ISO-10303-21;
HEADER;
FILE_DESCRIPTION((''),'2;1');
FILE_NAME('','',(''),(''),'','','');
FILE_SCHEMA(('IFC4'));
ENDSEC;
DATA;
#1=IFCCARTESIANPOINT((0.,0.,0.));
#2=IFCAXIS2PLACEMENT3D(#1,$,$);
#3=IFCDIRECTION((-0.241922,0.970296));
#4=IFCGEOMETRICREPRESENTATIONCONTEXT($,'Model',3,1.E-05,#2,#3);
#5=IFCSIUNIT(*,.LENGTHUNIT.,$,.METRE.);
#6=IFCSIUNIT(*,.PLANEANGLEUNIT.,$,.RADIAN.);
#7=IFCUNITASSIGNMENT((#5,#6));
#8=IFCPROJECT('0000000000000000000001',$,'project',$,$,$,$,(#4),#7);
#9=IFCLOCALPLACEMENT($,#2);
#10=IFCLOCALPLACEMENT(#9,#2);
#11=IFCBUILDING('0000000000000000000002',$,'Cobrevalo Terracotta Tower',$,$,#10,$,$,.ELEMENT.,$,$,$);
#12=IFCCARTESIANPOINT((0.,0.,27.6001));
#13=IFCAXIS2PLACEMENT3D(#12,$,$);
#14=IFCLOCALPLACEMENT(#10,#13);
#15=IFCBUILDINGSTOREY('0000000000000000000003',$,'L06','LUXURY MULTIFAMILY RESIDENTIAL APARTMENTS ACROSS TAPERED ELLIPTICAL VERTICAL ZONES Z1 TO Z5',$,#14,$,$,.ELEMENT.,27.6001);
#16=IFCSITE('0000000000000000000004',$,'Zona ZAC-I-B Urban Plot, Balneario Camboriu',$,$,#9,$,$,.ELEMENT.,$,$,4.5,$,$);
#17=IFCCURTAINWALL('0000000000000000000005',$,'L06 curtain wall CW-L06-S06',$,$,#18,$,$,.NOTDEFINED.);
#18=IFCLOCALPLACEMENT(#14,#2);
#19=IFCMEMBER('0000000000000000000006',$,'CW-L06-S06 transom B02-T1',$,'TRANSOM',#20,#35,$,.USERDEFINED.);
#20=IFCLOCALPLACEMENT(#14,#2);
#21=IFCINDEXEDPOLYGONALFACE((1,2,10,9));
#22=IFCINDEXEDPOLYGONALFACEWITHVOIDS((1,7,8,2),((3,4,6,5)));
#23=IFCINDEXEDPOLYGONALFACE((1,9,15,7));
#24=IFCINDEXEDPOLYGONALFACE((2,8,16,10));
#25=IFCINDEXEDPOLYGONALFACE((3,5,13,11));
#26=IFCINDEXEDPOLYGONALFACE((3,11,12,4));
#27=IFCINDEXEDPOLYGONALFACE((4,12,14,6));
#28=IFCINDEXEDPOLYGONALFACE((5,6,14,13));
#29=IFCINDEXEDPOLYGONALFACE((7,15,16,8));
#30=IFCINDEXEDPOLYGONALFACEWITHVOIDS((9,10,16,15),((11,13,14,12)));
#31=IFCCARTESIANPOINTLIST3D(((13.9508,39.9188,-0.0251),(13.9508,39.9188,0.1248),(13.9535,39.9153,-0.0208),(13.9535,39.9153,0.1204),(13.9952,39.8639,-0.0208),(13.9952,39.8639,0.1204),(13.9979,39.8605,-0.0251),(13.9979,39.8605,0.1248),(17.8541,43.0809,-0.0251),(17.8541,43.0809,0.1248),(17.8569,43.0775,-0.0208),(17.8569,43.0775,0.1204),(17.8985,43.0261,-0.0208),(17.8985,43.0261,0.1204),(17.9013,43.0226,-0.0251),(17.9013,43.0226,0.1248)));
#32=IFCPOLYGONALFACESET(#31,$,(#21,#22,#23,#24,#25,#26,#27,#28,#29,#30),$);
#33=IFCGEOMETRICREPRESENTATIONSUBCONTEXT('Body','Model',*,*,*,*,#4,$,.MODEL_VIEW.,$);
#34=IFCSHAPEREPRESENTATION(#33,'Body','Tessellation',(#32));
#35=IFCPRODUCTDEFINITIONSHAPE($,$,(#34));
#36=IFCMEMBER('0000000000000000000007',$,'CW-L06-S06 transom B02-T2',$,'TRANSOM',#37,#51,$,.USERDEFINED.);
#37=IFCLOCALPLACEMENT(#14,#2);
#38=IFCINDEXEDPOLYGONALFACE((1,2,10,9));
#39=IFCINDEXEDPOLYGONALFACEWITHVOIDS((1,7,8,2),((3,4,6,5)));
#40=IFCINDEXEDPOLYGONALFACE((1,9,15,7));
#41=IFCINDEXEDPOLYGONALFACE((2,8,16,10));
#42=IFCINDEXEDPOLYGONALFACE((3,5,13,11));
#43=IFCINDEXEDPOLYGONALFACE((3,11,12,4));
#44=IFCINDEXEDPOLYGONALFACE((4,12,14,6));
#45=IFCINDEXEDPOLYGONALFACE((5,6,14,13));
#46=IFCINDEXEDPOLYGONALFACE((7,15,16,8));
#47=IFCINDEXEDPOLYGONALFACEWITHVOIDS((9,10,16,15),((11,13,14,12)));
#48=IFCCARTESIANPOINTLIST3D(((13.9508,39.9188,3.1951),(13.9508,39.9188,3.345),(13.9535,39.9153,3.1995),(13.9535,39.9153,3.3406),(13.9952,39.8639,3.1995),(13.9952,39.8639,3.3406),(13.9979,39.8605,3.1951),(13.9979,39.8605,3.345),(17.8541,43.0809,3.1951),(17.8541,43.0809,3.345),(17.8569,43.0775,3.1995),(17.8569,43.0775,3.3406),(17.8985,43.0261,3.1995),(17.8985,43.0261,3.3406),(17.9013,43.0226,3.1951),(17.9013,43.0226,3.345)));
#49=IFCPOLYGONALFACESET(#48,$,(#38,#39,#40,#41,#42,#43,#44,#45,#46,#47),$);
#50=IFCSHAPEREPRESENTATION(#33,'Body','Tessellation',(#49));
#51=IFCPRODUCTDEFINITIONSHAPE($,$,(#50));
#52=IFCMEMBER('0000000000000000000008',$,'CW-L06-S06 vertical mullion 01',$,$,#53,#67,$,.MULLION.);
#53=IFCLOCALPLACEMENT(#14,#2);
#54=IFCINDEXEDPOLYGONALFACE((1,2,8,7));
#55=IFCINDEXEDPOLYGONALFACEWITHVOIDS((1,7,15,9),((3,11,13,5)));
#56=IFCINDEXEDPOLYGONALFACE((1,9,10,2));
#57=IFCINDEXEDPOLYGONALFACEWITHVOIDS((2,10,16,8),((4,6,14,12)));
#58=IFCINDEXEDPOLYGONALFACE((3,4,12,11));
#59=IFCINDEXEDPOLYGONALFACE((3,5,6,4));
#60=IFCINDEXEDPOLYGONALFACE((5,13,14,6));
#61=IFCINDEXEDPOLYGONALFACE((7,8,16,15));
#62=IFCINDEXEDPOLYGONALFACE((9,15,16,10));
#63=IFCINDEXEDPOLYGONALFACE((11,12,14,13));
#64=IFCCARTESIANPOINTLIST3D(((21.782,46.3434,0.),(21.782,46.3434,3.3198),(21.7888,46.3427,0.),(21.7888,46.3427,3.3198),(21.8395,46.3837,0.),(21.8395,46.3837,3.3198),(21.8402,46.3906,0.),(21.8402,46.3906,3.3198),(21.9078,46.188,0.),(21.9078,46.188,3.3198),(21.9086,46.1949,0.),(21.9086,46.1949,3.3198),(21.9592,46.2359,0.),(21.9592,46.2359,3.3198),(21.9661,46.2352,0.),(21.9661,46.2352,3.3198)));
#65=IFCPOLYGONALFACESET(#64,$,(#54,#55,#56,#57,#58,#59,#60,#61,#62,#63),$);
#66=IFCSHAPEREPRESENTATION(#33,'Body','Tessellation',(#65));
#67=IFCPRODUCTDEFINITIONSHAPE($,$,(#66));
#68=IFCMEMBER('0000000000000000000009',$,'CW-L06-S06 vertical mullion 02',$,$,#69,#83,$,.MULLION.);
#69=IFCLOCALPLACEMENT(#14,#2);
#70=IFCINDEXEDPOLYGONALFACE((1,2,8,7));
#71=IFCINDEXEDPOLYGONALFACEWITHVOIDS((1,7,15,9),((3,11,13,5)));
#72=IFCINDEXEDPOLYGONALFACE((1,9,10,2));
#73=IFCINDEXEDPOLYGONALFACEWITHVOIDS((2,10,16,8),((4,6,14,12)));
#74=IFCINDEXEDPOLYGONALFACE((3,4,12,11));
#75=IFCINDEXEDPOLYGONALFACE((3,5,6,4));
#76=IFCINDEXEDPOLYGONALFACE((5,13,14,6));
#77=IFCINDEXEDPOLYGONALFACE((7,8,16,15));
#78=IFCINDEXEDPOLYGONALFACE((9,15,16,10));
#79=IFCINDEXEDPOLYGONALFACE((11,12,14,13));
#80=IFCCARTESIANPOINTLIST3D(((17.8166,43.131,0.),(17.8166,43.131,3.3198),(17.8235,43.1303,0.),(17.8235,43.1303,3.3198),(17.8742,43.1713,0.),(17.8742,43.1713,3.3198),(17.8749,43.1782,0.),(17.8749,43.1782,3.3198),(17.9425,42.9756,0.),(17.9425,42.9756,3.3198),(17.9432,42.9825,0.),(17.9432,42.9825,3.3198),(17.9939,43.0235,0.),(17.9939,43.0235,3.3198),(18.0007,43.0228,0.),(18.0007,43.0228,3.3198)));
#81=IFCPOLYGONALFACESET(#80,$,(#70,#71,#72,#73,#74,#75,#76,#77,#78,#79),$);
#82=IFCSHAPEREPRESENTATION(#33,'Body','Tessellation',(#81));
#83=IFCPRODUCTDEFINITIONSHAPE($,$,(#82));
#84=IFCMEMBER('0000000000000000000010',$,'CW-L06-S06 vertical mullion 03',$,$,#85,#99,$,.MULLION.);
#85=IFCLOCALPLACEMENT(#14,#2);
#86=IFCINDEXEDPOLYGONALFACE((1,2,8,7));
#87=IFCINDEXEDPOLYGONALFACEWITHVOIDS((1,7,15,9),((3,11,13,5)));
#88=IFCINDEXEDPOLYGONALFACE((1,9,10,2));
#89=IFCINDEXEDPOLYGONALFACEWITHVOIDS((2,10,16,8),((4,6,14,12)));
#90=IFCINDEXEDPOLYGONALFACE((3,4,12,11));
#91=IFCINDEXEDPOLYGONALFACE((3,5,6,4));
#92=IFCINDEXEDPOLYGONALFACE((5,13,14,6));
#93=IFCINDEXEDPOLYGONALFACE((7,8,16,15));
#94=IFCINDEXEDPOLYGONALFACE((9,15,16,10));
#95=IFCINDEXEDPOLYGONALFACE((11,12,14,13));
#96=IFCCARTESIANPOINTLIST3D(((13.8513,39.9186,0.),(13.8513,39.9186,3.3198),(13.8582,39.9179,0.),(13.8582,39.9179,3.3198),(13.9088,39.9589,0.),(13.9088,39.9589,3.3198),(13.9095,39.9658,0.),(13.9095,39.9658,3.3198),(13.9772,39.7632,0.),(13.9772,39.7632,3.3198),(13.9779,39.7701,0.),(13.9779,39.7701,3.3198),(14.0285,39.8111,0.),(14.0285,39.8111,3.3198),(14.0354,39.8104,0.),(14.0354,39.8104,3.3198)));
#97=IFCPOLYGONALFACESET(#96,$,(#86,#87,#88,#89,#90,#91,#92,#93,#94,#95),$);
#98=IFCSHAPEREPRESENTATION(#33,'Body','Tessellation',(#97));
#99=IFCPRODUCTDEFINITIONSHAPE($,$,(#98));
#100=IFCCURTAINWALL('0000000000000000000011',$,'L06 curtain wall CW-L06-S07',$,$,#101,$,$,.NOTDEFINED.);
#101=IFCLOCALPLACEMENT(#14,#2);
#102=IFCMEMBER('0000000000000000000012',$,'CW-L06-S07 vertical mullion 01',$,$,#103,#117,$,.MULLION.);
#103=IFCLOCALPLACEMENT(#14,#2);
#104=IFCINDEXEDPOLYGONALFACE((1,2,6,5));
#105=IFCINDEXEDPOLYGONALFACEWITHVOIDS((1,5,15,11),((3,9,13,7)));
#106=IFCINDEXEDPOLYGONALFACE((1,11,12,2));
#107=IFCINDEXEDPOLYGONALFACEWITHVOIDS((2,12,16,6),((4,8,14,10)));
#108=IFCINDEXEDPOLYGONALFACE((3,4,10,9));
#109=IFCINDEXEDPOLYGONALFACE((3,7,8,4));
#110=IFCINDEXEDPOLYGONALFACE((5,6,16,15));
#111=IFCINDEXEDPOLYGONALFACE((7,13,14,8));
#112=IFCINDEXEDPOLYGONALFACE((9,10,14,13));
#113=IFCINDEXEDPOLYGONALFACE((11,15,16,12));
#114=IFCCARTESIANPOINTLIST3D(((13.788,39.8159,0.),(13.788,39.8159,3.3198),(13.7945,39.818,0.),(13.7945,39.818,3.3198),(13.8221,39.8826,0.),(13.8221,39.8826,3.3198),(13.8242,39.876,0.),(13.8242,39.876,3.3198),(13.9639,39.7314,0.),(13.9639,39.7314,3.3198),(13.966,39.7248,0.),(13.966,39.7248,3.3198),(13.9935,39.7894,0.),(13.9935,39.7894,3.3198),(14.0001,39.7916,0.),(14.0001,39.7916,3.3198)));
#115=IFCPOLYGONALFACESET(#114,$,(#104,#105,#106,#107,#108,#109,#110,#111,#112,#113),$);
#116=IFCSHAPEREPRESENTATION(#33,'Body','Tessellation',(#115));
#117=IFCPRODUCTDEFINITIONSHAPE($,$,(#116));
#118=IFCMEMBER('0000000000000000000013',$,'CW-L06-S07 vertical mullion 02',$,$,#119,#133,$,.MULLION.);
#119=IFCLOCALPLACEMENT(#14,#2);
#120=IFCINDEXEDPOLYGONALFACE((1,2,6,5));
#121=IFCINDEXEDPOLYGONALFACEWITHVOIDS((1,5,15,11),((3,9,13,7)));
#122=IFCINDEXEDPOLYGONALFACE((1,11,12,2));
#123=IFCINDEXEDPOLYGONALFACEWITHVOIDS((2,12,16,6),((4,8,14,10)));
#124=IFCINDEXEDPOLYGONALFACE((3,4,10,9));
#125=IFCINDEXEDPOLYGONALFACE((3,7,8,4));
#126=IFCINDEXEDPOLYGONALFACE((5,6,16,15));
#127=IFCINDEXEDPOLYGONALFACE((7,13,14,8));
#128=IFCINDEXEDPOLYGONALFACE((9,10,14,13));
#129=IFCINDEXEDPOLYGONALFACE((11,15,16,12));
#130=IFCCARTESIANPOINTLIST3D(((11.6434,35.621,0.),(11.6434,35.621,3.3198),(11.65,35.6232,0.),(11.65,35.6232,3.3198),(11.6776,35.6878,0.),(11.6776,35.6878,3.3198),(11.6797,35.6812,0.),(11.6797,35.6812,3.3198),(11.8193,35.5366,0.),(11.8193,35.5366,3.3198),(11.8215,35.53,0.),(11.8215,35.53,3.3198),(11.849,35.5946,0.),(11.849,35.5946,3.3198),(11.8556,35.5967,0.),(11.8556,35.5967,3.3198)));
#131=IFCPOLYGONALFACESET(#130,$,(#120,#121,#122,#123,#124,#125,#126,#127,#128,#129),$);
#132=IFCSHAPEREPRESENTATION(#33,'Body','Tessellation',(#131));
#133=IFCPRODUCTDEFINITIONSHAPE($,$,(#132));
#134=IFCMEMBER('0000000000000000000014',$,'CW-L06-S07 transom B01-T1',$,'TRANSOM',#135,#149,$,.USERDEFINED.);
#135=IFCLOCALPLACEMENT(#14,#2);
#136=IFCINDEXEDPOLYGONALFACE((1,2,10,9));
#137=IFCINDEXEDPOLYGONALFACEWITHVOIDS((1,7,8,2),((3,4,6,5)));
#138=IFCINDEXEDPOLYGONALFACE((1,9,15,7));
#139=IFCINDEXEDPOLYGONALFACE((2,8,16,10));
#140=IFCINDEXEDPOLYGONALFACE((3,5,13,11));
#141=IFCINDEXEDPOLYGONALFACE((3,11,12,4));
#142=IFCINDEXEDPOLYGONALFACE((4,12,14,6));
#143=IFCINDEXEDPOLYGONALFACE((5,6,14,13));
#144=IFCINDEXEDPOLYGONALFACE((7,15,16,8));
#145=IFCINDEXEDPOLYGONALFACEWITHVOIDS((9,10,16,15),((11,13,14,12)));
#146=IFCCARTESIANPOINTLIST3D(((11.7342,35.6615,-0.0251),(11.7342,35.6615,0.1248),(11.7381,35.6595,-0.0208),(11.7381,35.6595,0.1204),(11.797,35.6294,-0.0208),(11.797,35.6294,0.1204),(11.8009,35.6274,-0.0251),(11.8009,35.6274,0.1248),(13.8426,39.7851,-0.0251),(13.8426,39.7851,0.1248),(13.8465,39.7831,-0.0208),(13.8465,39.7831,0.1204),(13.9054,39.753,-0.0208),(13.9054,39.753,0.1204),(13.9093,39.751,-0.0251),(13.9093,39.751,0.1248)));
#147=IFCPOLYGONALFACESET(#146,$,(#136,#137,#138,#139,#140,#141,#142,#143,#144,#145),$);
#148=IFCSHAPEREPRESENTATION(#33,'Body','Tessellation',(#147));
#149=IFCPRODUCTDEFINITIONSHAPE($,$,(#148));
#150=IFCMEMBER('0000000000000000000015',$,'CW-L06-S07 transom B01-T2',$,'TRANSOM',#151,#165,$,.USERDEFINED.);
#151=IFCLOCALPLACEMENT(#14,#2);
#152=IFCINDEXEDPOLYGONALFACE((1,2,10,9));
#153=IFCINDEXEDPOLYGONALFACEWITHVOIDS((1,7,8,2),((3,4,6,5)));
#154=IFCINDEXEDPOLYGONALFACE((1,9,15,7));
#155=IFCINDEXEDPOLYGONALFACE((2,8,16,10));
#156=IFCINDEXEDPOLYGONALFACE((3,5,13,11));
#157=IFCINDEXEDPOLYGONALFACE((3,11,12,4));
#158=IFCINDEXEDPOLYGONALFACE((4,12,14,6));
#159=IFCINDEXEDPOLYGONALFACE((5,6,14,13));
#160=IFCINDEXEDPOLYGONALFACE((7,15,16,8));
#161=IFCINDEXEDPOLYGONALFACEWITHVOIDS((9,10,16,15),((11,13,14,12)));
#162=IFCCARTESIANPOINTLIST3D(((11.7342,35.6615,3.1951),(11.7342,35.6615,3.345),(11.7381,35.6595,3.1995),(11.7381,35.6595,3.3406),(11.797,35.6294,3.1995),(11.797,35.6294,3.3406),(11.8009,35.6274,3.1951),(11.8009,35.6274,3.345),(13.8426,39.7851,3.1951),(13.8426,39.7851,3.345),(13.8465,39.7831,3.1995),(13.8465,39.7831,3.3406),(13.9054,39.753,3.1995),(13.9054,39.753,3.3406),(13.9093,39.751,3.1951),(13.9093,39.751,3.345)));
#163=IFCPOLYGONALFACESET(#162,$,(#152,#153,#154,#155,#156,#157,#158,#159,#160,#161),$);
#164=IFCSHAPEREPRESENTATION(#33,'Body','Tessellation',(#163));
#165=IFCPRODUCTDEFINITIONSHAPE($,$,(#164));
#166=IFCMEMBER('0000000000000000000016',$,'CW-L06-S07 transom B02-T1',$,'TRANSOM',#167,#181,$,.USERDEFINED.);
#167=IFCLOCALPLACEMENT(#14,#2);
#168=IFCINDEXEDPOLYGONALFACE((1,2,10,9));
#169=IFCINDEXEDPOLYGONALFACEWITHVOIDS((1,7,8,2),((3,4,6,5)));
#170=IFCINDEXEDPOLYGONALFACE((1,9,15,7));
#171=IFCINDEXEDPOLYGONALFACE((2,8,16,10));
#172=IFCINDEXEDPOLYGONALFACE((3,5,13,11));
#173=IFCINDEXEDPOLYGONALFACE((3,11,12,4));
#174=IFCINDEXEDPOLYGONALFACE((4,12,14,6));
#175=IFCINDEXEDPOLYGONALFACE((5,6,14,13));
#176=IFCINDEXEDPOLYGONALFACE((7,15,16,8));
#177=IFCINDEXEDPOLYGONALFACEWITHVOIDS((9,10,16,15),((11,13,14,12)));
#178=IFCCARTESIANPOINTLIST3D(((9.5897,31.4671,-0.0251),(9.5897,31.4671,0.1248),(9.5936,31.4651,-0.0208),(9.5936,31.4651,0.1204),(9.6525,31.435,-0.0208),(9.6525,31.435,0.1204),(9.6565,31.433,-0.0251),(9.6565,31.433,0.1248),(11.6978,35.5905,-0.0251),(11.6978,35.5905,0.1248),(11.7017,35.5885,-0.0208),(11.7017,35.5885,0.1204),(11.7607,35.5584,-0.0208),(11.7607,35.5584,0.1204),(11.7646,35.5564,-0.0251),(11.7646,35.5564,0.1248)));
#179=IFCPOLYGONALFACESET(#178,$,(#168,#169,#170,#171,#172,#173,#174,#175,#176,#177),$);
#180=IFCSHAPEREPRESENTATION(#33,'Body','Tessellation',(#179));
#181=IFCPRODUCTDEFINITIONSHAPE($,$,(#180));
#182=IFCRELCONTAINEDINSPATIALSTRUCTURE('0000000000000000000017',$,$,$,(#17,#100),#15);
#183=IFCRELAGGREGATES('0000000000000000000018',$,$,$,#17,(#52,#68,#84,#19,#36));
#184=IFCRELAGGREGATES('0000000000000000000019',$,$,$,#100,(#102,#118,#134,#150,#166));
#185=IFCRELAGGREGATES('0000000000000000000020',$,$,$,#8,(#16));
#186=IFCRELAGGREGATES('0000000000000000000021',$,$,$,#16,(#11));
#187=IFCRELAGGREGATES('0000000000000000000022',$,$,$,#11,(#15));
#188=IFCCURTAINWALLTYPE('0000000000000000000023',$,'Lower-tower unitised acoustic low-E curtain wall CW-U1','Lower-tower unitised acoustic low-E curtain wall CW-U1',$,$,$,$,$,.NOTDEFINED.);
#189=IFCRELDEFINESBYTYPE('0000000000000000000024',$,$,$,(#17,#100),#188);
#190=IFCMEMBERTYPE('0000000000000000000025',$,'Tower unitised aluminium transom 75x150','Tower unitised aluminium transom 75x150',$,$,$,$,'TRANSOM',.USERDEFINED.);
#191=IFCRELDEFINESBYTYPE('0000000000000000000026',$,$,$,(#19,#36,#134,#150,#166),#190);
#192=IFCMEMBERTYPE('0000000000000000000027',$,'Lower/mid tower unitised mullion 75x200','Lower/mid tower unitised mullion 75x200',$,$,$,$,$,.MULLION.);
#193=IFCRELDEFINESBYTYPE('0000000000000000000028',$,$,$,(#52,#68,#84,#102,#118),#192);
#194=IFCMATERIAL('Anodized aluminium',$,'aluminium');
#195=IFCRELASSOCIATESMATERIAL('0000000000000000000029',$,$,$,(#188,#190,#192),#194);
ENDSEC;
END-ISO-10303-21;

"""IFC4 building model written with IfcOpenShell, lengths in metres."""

from ifc_helpers import new_model, si_unit, direction, frame, origin, origin_2d, place, context, subcontext, project, spatial, hollow_rectangle, extrude, source, transform, mapped, material, material_profile, profile_set, type_object, element, aggregate, save


model = new_model("IFC4")

# Units and contexts
model_context = context("Model", 3, precision=1e-05, world=origin(), true_north=direction((-0.241922, 0.970296)))
body_context = subcontext(model_context, "Body", "Model", "MODEL_VIEW")
ifc_project = project(units=[si_unit("LENGTHUNIT", "METRE"), si_unit("PLANEANGLEUNIT", "RADIAN")], contexts=[model_context])

# Site, building, storey
site_placement = place(None, origin())
site = spatial("IfcSite", under=ifc_project, at=site_placement, Name="Zona ZAC-I-B Urban Plot, Balneario Camboriu", CompositionType="ELEMENT", RefElevation=4.5)
building_placement = place(site_placement, origin())
building = spatial("IfcBuilding", under=site, at=building_placement, Name="Cobrevalo Terracotta Tower", CompositionType="ELEMENT")
storey_placement = place(building_placement, frame((0.0, 0.0, 27.6001)))
storey = spatial("IfcBuildingStorey", under=building, at=storey_placement, Name="L06", Description="LUXURY MULTIFAMILY RESIDENTIAL APARTMENTS ACROSS TAPERED ELLIPTICAL VERTICAL ZONES Z1 TO Z5", CompositionType="ELEMENT", Elevation=27.6001)

# Curtain walls, members
ifc_material_1 = material(Name="Anodized aluminium", Category="aluminium")
curtain_wall_type = type_object("IfcCurtainWallType", Name="Lower-tower unitised acoustic low-E curtain wall CW-U1", Description="Lower-tower unitised acoustic low-E curtain wall CW-U1", PredefinedType="NOTDEFINED", material=ifc_material_1)
curtain_wall_1_placement = place(storey_placement, origin())
curtain_wall_1 = element("IfcCurtainWall", 1, at=curtain_wall_1_placement, inside=storey, type_object=curtain_wall_type, Name="L06 curtain wall CW-L06-S06", PredefinedType="NOTDEFINED")
ifc_material_profile_1 = material_profile(ifc_material_1, hollow_rectangle(XDim=0.075, YDim=0.1499, WallThickness=0.0044, at=origin_2d()), Name="CWT 75x150")
ifc_profile_set_1 = profile_set([ifc_material_profile_1], Name="Anodized aluminium")
member_type_1 = type_object("IfcMemberType", Name="Tower unitised aluminium transom 75x150", Description="Tower unitised aluminium transom 75x150", ElementType="TRANSOM", PredefinedType="USERDEFINED", material=ifc_profile_set_1)
shared_shape_1 = source(origin(), body_context, "Body", "SweptSolid", [
    extrude(hollow_rectangle(XDim=0.075, YDim=0.1499, WallThickness=0.0044, at=origin_2d()), origin(), (0.0, 0.0, 1.0), 5.0234),
])
member_1_placement = place(storey_placement, frame((17.8777, 43.0518, 0.0498), z_axis=(-0.777023, -0.629472, 0.0), x_axis=(0.629472, -0.777023, 0.0)))
member_1 = element("IfcMember", 2, at=member_1_placement, type_object=member_type_1, Name="CW-L06-S06 transom B02-T1", ObjectType="TRANSOM", PredefinedType="USERDEFINED", context=body_context, shape_type="MappedRepresentation", body=[
    mapped(shared_shape_1, transform((0.0, 0.0, 0.0), scale=1.0)),
])
member_2_placement = place(storey_placement, frame((17.8777, 43.0518, 3.27), z_axis=(-0.777023, -0.629472, 0.0), x_axis=(0.629472, -0.777023, 0.0)))
member_2 = element("IfcMember", 3, at=member_2_placement, type_object=member_type_1, Name="CW-L06-S06 transom B02-T2", ObjectType="TRANSOM", PredefinedType="USERDEFINED", context=body_context, shape_type="MappedRepresentation", body=[
    mapped(shared_shape_1, transform((0.0, 0.0, 0.0), scale=1.0)),
])
ifc_material_profile_2 = material_profile(ifc_material_1, hollow_rectangle(XDim=0.075, YDim=0.2, WallThickness=0.0049, at=origin_2d()), Name="CWM 75x200")
ifc_profile_set_2 = profile_set([ifc_material_profile_2], Name="Anodized aluminium")
member_type_2 = type_object("IfcMemberType", Name="Lower/mid tower unitised mullion 75x200", Description="Lower/mid tower unitised mullion 75x200", PredefinedType="MULLION", material=ifc_profile_set_2)
shared_shape_2 = source(origin(), body_context, "Body", "SweptSolid", [
    extrude(hollow_rectangle(XDim=0.075, YDim=0.2, WallThickness=0.0049, at=origin_2d()), origin(), (0.0, 0.0, 1.0), 3.3198),
])
member_3_placement = place(storey_placement, frame((21.874, 46.2893, 0.0), z_axis=(0.0, 0.0, 1.0), x_axis=(-0.777003, -0.629497, 0.0)))
member_3 = element("IfcMember", 4, at=member_3_placement, type_object=member_type_2, Name="CW-L06-S06 vertical mullion 01", PredefinedType="MULLION", context=body_context, shape_type="MappedRepresentation", body=[
    mapped(shared_shape_2, transform((0.0, 0.0, 0.0), scale=1.0)),
])
member_4_placement = place(storey_placement, frame((17.9087, 43.0769, 0.0), z_axis=(0.0, 0.0, 1.0), x_axis=(-0.777003, -0.629497, 0.0)))
member_4 = element("IfcMember", 5, at=member_4_placement, type_object=member_type_2, Name="CW-L06-S06 vertical mullion 02", PredefinedType="MULLION", context=body_context, shape_type="MappedRepresentation", body=[
    mapped(shared_shape_2, transform((0.0, 0.0, 0.0), scale=1.0)),
])
member_5_placement = place(storey_placement, frame((13.9434, 39.8645, 0.0), z_axis=(0.0, 0.0, 1.0), x_axis=(-0.777003, -0.629497, 0.0)))
member_5 = element("IfcMember", 6, at=member_5_placement, type_object=member_type_2, Name="CW-L06-S06 vertical mullion 03", PredefinedType="MULLION", context=body_context, shape_type="MappedRepresentation", body=[
    mapped(shared_shape_2, transform((0.0, 0.0, 0.0), scale=1.0)),
])
curtain_wall_2_placement = place(storey_placement, origin())
curtain_wall_2 = element("IfcCurtainWall", 7, at=curtain_wall_2_placement, inside=storey, type_object=curtain_wall_type, Name="L06 curtain wall CW-L06-S07", PredefinedType="NOTDEFINED")
member_6_placement = place(storey_placement, frame((13.894, 39.8037, 0.0), z_axis=(0.0, 0.0, 1.0), x_axis=(-0.455234, -0.890372, 0.0)))
member_6 = element("IfcMember", 8, at=member_6_placement, type_object=member_type_2, Name="CW-L06-S07 vertical mullion 01", PredefinedType="MULLION", context=body_context, shape_type="MappedRepresentation", body=[
    mapped(shared_shape_2, transform((0.0, 0.0, 0.0), scale=1.0)),
])
member_7_placement = place(storey_placement, frame((11.7495, 35.6089, 0.0), z_axis=(0.0, 0.0, 1.0), x_axis=(-0.455234, -0.890372, 0.0)))
member_7 = element("IfcMember", 9, at=member_7_placement, type_object=member_type_2, Name="CW-L06-S07 vertical mullion 02", PredefinedType="MULLION", context=body_context, shape_type="MappedRepresentation", body=[
    mapped(shared_shape_2, transform((0.0, 0.0, 0.0), scale=1.0)),
])
shared_shape_3 = source(origin(), body_context, "Body", "SweptSolid", [
    extrude(hollow_rectangle(XDim=0.075, YDim=0.1499, WallThickness=0.0044, at=origin_2d()), origin(), (0.0, 0.0, 1.0), 4.6313),
])
member_8_placement = place(storey_placement, frame((13.876, 39.7681, 0.0498), z_axis=(-0.45525, -0.890363, 0.0), x_axis=(0.890363, -0.45525, 0.0)))
member_8 = element("IfcMember", 10, at=member_8_placement, type_object=member_type_1, Name="CW-L06-S07 transom B01-T1", ObjectType="TRANSOM", PredefinedType="USERDEFINED", context=body_context, shape_type="MappedRepresentation", body=[
    mapped(shared_shape_3, transform((0.0, 0.0, 0.0), scale=1.0)),
])
member_9_placement = place(storey_placement, frame((13.876, 39.7681, 3.27), z_axis=(-0.45525, -0.890363, 0.0), x_axis=(0.890363, -0.45525, 0.0)))
member_9 = element("IfcMember", 11, at=member_9_placement, type_object=member_type_1, Name="CW-L06-S07 transom B01-T2", ObjectType="TRANSOM", PredefinedType="USERDEFINED", context=body_context, shape_type="MappedRepresentation", body=[
    mapped(shared_shape_3, transform((0.0, 0.0, 0.0), scale=1.0)),
])
shared_shape_4 = source(origin(), body_context, "Body", "SweptSolid", [
    extrude(hollow_rectangle(XDim=0.075, YDim=0.1499, WallThickness=0.0044, at=origin_2d()), origin(), (0.0, 0.0, 1.0), 4.6311),
])
member_10_placement = place(storey_placement, frame((11.7312, 35.5735, 0.0498), z_axis=(-0.455209, -0.890385, 0.0), x_axis=(0.890385, -0.455209, 0.0)))
member_10 = element("IfcMember", 12, at=member_10_placement, type_object=member_type_1, Name="CW-L06-S07 transom B02-T1", ObjectType="TRANSOM", PredefinedType="USERDEFINED", context=body_context, shape_type="MappedRepresentation", body=[
    mapped(shared_shape_4, transform((0.0, 0.0, 0.0), scale=1.0)),
])

aggregate(curtain_wall_1, [member_3, member_4, member_5, member_1, member_2])
aggregate(curtain_wall_2, [member_6, member_7, member_8, member_9, member_10])

save(model, "model.ifc")
